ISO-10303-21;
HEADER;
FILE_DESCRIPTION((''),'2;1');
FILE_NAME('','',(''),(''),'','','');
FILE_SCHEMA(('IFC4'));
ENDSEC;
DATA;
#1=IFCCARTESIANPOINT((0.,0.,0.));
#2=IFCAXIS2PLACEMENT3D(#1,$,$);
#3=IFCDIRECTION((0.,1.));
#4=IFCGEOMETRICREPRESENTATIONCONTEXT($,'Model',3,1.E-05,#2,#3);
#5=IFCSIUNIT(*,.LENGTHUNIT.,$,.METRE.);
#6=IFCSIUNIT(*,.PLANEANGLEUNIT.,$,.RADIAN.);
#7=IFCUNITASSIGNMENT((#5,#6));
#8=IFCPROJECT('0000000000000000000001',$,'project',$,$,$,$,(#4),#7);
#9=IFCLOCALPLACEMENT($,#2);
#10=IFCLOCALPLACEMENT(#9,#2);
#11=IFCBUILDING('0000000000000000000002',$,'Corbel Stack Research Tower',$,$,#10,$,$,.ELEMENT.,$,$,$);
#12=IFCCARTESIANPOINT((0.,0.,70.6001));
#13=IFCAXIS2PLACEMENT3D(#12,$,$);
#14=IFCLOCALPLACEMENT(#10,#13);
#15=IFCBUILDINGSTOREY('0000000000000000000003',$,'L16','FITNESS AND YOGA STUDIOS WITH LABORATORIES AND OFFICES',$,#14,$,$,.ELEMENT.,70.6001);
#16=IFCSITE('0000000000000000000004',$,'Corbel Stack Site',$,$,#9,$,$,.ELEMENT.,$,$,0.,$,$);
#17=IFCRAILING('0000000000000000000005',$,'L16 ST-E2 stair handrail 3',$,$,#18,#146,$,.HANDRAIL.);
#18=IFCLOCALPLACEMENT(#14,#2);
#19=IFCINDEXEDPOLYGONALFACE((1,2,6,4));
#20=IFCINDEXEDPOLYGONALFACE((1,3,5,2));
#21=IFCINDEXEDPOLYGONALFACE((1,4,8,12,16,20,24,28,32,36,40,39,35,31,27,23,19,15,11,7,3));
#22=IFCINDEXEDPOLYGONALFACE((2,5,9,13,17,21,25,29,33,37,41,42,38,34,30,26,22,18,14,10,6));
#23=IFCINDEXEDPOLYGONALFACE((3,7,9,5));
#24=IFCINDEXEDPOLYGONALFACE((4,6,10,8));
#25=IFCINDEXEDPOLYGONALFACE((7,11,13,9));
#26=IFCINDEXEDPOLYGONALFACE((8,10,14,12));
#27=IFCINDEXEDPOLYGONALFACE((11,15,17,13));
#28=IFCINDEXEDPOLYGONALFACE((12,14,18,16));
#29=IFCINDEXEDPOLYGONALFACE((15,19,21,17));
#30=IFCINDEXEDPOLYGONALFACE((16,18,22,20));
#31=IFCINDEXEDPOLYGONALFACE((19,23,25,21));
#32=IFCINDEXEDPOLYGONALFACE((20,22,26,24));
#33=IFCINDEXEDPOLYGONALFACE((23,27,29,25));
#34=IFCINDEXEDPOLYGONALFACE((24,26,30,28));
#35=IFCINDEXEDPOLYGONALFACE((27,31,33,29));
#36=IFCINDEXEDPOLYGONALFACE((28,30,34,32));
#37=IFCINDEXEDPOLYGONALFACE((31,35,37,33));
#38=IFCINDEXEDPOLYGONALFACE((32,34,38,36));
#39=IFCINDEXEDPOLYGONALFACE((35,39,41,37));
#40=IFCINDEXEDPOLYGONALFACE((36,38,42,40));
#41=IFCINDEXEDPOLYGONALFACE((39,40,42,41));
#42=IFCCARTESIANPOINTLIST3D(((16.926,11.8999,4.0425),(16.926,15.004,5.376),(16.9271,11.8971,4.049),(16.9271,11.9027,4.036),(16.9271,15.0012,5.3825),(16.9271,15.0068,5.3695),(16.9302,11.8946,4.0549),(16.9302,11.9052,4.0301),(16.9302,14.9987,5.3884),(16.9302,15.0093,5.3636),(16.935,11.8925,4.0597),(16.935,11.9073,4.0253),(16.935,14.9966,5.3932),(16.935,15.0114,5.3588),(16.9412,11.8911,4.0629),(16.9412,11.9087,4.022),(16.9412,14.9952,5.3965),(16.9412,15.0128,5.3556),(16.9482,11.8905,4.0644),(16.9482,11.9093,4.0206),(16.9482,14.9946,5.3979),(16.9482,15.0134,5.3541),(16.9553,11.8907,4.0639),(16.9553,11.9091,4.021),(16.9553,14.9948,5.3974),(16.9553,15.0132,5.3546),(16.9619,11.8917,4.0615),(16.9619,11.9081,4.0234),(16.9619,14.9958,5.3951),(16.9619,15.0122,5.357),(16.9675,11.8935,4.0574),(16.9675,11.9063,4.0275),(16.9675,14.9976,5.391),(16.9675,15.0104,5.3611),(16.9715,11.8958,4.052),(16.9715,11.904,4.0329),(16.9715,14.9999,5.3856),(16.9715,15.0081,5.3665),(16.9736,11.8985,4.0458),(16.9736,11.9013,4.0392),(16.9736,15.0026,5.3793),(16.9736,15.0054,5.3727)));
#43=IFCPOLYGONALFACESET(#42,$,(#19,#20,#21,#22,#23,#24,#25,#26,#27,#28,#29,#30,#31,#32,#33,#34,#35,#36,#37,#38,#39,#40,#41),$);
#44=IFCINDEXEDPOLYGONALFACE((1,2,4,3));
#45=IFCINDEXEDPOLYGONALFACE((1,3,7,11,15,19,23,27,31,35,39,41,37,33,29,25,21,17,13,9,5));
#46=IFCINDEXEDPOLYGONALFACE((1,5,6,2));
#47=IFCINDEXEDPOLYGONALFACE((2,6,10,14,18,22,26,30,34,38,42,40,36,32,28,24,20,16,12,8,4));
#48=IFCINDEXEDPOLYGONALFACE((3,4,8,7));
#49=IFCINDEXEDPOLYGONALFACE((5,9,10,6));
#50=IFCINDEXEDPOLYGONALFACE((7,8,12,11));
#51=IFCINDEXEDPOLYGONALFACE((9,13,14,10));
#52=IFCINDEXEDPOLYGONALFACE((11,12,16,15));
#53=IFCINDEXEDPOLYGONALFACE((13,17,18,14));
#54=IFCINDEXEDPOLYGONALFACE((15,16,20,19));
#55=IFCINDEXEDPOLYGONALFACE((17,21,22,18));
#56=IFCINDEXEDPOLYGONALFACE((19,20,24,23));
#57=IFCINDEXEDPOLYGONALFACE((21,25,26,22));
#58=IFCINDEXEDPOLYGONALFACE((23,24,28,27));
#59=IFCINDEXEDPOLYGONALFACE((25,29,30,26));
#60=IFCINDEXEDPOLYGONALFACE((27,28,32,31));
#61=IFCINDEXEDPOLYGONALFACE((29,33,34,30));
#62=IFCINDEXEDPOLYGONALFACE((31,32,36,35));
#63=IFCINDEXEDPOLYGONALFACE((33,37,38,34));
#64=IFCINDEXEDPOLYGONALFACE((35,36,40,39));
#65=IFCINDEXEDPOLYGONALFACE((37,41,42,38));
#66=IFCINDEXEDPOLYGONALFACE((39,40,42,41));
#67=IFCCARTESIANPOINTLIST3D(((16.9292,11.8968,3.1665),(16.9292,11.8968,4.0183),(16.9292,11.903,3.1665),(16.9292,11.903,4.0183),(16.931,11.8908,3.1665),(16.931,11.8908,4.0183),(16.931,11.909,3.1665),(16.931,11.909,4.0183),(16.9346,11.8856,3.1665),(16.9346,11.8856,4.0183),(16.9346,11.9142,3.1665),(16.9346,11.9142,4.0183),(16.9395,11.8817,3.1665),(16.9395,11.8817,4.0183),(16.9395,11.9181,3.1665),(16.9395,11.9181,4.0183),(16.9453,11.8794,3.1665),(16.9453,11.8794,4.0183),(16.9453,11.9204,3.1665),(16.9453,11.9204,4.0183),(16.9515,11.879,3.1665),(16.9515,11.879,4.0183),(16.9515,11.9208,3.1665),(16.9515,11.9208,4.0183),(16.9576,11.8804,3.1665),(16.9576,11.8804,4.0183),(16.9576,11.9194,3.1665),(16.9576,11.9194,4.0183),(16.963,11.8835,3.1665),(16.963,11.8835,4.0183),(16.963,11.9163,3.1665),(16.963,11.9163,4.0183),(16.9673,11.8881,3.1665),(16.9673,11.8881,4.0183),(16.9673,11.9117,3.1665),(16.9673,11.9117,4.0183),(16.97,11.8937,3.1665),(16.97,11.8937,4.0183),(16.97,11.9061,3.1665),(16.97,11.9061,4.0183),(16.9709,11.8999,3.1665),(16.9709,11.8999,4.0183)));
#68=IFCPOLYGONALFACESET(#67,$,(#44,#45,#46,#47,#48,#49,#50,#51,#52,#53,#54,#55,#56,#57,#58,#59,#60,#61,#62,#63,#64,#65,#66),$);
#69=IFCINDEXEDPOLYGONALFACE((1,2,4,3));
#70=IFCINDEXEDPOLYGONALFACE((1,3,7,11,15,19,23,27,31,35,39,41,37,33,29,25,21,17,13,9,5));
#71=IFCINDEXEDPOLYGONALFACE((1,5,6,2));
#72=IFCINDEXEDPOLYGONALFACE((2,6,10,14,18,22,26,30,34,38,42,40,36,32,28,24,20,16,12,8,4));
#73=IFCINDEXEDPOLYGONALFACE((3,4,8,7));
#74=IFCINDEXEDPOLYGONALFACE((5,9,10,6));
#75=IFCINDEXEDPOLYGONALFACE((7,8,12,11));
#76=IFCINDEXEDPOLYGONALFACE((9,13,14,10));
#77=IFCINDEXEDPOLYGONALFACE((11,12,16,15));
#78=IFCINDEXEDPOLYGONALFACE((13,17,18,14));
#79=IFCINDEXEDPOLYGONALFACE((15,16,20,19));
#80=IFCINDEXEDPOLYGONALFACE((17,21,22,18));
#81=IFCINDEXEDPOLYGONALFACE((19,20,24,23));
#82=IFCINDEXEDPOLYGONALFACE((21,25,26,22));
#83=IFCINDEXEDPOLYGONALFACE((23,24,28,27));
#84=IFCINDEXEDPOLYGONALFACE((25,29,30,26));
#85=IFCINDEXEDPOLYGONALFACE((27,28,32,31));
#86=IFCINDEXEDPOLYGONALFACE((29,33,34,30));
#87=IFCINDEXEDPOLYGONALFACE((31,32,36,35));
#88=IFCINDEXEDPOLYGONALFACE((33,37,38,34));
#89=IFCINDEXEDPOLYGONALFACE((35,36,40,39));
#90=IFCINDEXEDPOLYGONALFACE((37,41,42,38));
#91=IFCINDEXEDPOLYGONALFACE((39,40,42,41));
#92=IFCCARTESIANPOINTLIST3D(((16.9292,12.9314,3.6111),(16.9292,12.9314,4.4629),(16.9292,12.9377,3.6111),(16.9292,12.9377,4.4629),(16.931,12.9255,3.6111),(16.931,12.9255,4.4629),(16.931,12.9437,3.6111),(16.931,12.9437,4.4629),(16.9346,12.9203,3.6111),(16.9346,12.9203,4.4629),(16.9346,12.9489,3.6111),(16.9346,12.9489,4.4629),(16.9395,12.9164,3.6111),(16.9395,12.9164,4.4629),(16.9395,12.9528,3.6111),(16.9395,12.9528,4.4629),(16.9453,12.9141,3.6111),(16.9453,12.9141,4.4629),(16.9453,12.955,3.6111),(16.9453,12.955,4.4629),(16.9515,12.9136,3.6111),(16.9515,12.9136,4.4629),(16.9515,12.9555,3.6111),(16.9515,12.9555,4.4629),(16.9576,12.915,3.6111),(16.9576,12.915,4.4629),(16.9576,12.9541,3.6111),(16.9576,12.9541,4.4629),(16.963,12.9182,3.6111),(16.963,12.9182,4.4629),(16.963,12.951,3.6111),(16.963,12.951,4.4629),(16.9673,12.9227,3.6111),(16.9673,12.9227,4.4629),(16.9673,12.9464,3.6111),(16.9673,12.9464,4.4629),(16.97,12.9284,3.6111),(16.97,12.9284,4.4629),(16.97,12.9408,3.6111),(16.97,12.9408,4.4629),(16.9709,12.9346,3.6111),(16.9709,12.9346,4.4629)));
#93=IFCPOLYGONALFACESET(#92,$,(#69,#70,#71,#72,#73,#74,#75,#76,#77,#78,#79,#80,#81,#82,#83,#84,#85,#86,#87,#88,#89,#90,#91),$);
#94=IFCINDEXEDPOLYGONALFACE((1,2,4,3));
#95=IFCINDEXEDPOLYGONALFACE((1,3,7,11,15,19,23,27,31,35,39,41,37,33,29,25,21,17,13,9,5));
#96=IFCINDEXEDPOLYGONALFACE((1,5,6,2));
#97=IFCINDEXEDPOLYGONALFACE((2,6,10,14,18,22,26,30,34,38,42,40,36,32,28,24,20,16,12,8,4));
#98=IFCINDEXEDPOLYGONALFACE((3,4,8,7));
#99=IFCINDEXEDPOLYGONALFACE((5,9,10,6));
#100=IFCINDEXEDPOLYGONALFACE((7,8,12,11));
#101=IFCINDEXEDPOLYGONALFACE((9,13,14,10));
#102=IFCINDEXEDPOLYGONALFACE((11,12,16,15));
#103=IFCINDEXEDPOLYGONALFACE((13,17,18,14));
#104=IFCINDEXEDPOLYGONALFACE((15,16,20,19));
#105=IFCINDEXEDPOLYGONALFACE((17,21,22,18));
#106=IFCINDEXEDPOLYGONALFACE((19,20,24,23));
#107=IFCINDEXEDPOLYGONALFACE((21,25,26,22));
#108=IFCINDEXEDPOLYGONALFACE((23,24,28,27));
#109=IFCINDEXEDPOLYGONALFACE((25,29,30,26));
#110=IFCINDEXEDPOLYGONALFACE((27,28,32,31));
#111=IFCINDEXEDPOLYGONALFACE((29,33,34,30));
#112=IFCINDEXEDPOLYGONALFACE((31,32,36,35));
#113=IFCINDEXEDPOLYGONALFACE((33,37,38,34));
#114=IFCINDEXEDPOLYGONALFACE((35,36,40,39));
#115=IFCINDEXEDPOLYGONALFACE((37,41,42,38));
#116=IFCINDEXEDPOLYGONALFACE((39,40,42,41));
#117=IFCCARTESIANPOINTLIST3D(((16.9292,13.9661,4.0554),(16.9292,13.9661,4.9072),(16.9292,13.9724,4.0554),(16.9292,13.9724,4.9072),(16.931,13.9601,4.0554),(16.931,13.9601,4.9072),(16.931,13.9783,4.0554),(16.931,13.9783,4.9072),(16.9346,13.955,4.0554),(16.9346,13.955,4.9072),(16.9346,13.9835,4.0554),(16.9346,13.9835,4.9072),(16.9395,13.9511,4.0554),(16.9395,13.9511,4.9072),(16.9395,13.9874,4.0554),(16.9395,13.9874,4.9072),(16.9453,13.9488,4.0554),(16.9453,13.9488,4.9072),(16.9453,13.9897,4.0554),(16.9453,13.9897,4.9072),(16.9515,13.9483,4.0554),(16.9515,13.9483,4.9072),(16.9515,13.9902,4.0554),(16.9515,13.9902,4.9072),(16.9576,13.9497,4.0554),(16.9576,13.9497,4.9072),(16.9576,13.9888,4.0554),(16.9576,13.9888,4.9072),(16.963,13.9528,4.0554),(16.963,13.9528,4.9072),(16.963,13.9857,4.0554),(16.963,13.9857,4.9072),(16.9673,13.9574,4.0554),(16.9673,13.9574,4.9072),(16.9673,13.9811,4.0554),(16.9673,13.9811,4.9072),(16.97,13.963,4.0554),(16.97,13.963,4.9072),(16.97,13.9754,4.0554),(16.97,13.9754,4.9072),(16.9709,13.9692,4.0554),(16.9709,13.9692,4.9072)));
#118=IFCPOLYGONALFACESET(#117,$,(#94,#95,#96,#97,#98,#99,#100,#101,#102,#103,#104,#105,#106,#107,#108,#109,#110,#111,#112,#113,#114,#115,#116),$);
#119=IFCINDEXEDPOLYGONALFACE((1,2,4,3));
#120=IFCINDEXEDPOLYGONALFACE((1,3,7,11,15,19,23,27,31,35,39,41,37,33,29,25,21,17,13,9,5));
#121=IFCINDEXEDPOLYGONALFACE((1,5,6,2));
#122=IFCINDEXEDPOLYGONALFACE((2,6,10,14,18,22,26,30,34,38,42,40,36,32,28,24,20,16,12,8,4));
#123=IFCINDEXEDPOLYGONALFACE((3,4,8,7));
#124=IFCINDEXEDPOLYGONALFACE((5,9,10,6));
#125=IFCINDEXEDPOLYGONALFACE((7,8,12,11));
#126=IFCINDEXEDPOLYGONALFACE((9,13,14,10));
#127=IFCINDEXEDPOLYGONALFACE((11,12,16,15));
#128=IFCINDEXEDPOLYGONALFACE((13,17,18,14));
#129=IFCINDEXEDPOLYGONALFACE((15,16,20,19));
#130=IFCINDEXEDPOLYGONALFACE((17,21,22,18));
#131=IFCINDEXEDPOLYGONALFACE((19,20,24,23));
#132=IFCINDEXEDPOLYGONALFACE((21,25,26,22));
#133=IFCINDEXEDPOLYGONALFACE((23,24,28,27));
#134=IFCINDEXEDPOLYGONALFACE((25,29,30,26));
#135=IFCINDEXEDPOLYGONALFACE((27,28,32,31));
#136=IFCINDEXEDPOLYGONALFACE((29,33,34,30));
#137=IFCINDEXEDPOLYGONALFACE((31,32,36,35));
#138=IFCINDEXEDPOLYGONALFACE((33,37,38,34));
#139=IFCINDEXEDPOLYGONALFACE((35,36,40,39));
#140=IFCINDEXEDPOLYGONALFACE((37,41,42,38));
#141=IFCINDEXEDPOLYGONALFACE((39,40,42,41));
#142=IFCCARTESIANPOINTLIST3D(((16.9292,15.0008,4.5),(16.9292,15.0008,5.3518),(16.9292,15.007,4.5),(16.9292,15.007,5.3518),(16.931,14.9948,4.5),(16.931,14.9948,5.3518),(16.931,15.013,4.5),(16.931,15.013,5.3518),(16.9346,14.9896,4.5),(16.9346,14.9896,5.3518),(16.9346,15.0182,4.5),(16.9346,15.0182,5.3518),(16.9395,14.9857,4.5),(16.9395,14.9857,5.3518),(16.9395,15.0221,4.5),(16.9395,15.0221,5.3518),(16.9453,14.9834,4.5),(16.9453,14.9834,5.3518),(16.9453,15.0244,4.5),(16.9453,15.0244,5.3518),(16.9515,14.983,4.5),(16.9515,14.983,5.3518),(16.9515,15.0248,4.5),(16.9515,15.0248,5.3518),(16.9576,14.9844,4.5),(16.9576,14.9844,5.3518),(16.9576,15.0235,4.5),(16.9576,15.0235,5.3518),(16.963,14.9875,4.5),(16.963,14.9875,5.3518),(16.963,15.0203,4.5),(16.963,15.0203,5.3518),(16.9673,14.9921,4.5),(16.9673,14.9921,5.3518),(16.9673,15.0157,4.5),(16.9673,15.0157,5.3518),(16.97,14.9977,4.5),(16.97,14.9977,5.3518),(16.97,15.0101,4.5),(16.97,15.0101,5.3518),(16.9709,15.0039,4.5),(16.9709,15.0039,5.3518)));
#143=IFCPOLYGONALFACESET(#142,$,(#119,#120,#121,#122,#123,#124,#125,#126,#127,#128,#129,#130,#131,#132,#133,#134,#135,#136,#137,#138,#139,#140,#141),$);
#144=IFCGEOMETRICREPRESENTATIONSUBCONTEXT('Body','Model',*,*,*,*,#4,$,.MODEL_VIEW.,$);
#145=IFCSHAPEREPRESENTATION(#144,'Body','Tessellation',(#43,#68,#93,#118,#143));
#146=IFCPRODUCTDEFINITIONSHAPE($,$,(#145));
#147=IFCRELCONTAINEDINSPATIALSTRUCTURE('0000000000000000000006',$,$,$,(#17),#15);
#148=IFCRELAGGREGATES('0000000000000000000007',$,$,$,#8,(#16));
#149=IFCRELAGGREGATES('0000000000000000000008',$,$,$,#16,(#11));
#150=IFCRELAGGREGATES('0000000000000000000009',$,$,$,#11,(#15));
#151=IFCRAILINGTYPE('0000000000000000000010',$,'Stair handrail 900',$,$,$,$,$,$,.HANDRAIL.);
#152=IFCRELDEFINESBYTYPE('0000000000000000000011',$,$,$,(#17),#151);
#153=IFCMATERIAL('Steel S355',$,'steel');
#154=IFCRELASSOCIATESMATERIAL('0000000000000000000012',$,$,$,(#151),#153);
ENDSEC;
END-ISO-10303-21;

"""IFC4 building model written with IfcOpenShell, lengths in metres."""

from ifc_helpers import new_model, si_unit, direction, frame, origin, origin_2d, place, context, subcontext, project, spatial, circle, extrude, material, type_object, element, save


model = new_model("IFC4")

# Units and contexts
model_context = context("Model", 3, precision=1e-05, world=origin(), true_north=direction((0.0, 1.0)))
body_context = subcontext(model_context, "Body", "Model", "MODEL_VIEW")
ifc_project = project(units=[si_unit("LENGTHUNIT", "METRE"), si_unit("PLANEANGLEUNIT", "RADIAN")], contexts=[model_context])

# Site, building, storey
site_placement = place(None, origin())
site = spatial("IfcSite", under=ifc_project, at=site_placement, Name="Corbel Stack Site", CompositionType="ELEMENT", RefElevation=0.0)
building_placement = place(site_placement, origin())
building = spatial("IfcBuilding", under=site, at=building_placement, Name="Corbel Stack Research Tower", CompositionType="ELEMENT")
storey_placement = place(building_placement, frame((0.0, 0.0, 70.6001)))
storey = spatial("IfcBuildingStorey", under=building, at=storey_placement, Name="L16", Description="FITNESS AND YOGA STUDIOS WITH LABORATORIES AND OFFICES", CompositionType="ELEMENT", Elevation=70.6001)

# Railing
ifc_material_1 = material(Name="Steel S355", Category="steel")
railing_type_1 = type_object("IfcRailingType", Name="Stair handrail 900", PredefinedType="HANDRAIL", material=ifc_material_1)
for number, where, name in (
    (1, (16.95, 11.8999, 3.1665), "L16 ST-E2 stair handrail 3"),
):
    element("IfcRailing", number, at=place(storey_placement, frame(where)), inside=storey, type_object=railing_type_1, Name=name, PredefinedType="HANDRAIL", context=body_context, shape_type="SweptSolid", body=[
        extrude(circle(Radius=0.0239, at=origin_2d()), frame((0.0, 0.0, 0.876), z_axis=(0.0, 0.918801, 0.394722), x_axis=(-1.0, 0.0, 0.0)), (0.0, 0.0, 1.0), 3.3784),
        extrude(circle(Radius=0.021, at=origin_2d()), origin(), (0.0, 0.0, 1.0), 0.8518),
        extrude(circle(Radius=0.021, at=origin_2d()), frame((0.0, 1.0347, 0.4446)), (0.0, 0.0, 1.0), 0.8518),
        extrude(circle(Radius=0.021, at=origin_2d()), frame((0.0, 2.0693, 0.8889)), (0.0, 0.0, 1.0), 0.8518),
        extrude(circle(Radius=0.021, at=origin_2d()), frame((0.0, 3.104, 1.3335)), (0.0, 0.0, 1.0), 0.8518),
    ])

save(model, "model.ifc")
